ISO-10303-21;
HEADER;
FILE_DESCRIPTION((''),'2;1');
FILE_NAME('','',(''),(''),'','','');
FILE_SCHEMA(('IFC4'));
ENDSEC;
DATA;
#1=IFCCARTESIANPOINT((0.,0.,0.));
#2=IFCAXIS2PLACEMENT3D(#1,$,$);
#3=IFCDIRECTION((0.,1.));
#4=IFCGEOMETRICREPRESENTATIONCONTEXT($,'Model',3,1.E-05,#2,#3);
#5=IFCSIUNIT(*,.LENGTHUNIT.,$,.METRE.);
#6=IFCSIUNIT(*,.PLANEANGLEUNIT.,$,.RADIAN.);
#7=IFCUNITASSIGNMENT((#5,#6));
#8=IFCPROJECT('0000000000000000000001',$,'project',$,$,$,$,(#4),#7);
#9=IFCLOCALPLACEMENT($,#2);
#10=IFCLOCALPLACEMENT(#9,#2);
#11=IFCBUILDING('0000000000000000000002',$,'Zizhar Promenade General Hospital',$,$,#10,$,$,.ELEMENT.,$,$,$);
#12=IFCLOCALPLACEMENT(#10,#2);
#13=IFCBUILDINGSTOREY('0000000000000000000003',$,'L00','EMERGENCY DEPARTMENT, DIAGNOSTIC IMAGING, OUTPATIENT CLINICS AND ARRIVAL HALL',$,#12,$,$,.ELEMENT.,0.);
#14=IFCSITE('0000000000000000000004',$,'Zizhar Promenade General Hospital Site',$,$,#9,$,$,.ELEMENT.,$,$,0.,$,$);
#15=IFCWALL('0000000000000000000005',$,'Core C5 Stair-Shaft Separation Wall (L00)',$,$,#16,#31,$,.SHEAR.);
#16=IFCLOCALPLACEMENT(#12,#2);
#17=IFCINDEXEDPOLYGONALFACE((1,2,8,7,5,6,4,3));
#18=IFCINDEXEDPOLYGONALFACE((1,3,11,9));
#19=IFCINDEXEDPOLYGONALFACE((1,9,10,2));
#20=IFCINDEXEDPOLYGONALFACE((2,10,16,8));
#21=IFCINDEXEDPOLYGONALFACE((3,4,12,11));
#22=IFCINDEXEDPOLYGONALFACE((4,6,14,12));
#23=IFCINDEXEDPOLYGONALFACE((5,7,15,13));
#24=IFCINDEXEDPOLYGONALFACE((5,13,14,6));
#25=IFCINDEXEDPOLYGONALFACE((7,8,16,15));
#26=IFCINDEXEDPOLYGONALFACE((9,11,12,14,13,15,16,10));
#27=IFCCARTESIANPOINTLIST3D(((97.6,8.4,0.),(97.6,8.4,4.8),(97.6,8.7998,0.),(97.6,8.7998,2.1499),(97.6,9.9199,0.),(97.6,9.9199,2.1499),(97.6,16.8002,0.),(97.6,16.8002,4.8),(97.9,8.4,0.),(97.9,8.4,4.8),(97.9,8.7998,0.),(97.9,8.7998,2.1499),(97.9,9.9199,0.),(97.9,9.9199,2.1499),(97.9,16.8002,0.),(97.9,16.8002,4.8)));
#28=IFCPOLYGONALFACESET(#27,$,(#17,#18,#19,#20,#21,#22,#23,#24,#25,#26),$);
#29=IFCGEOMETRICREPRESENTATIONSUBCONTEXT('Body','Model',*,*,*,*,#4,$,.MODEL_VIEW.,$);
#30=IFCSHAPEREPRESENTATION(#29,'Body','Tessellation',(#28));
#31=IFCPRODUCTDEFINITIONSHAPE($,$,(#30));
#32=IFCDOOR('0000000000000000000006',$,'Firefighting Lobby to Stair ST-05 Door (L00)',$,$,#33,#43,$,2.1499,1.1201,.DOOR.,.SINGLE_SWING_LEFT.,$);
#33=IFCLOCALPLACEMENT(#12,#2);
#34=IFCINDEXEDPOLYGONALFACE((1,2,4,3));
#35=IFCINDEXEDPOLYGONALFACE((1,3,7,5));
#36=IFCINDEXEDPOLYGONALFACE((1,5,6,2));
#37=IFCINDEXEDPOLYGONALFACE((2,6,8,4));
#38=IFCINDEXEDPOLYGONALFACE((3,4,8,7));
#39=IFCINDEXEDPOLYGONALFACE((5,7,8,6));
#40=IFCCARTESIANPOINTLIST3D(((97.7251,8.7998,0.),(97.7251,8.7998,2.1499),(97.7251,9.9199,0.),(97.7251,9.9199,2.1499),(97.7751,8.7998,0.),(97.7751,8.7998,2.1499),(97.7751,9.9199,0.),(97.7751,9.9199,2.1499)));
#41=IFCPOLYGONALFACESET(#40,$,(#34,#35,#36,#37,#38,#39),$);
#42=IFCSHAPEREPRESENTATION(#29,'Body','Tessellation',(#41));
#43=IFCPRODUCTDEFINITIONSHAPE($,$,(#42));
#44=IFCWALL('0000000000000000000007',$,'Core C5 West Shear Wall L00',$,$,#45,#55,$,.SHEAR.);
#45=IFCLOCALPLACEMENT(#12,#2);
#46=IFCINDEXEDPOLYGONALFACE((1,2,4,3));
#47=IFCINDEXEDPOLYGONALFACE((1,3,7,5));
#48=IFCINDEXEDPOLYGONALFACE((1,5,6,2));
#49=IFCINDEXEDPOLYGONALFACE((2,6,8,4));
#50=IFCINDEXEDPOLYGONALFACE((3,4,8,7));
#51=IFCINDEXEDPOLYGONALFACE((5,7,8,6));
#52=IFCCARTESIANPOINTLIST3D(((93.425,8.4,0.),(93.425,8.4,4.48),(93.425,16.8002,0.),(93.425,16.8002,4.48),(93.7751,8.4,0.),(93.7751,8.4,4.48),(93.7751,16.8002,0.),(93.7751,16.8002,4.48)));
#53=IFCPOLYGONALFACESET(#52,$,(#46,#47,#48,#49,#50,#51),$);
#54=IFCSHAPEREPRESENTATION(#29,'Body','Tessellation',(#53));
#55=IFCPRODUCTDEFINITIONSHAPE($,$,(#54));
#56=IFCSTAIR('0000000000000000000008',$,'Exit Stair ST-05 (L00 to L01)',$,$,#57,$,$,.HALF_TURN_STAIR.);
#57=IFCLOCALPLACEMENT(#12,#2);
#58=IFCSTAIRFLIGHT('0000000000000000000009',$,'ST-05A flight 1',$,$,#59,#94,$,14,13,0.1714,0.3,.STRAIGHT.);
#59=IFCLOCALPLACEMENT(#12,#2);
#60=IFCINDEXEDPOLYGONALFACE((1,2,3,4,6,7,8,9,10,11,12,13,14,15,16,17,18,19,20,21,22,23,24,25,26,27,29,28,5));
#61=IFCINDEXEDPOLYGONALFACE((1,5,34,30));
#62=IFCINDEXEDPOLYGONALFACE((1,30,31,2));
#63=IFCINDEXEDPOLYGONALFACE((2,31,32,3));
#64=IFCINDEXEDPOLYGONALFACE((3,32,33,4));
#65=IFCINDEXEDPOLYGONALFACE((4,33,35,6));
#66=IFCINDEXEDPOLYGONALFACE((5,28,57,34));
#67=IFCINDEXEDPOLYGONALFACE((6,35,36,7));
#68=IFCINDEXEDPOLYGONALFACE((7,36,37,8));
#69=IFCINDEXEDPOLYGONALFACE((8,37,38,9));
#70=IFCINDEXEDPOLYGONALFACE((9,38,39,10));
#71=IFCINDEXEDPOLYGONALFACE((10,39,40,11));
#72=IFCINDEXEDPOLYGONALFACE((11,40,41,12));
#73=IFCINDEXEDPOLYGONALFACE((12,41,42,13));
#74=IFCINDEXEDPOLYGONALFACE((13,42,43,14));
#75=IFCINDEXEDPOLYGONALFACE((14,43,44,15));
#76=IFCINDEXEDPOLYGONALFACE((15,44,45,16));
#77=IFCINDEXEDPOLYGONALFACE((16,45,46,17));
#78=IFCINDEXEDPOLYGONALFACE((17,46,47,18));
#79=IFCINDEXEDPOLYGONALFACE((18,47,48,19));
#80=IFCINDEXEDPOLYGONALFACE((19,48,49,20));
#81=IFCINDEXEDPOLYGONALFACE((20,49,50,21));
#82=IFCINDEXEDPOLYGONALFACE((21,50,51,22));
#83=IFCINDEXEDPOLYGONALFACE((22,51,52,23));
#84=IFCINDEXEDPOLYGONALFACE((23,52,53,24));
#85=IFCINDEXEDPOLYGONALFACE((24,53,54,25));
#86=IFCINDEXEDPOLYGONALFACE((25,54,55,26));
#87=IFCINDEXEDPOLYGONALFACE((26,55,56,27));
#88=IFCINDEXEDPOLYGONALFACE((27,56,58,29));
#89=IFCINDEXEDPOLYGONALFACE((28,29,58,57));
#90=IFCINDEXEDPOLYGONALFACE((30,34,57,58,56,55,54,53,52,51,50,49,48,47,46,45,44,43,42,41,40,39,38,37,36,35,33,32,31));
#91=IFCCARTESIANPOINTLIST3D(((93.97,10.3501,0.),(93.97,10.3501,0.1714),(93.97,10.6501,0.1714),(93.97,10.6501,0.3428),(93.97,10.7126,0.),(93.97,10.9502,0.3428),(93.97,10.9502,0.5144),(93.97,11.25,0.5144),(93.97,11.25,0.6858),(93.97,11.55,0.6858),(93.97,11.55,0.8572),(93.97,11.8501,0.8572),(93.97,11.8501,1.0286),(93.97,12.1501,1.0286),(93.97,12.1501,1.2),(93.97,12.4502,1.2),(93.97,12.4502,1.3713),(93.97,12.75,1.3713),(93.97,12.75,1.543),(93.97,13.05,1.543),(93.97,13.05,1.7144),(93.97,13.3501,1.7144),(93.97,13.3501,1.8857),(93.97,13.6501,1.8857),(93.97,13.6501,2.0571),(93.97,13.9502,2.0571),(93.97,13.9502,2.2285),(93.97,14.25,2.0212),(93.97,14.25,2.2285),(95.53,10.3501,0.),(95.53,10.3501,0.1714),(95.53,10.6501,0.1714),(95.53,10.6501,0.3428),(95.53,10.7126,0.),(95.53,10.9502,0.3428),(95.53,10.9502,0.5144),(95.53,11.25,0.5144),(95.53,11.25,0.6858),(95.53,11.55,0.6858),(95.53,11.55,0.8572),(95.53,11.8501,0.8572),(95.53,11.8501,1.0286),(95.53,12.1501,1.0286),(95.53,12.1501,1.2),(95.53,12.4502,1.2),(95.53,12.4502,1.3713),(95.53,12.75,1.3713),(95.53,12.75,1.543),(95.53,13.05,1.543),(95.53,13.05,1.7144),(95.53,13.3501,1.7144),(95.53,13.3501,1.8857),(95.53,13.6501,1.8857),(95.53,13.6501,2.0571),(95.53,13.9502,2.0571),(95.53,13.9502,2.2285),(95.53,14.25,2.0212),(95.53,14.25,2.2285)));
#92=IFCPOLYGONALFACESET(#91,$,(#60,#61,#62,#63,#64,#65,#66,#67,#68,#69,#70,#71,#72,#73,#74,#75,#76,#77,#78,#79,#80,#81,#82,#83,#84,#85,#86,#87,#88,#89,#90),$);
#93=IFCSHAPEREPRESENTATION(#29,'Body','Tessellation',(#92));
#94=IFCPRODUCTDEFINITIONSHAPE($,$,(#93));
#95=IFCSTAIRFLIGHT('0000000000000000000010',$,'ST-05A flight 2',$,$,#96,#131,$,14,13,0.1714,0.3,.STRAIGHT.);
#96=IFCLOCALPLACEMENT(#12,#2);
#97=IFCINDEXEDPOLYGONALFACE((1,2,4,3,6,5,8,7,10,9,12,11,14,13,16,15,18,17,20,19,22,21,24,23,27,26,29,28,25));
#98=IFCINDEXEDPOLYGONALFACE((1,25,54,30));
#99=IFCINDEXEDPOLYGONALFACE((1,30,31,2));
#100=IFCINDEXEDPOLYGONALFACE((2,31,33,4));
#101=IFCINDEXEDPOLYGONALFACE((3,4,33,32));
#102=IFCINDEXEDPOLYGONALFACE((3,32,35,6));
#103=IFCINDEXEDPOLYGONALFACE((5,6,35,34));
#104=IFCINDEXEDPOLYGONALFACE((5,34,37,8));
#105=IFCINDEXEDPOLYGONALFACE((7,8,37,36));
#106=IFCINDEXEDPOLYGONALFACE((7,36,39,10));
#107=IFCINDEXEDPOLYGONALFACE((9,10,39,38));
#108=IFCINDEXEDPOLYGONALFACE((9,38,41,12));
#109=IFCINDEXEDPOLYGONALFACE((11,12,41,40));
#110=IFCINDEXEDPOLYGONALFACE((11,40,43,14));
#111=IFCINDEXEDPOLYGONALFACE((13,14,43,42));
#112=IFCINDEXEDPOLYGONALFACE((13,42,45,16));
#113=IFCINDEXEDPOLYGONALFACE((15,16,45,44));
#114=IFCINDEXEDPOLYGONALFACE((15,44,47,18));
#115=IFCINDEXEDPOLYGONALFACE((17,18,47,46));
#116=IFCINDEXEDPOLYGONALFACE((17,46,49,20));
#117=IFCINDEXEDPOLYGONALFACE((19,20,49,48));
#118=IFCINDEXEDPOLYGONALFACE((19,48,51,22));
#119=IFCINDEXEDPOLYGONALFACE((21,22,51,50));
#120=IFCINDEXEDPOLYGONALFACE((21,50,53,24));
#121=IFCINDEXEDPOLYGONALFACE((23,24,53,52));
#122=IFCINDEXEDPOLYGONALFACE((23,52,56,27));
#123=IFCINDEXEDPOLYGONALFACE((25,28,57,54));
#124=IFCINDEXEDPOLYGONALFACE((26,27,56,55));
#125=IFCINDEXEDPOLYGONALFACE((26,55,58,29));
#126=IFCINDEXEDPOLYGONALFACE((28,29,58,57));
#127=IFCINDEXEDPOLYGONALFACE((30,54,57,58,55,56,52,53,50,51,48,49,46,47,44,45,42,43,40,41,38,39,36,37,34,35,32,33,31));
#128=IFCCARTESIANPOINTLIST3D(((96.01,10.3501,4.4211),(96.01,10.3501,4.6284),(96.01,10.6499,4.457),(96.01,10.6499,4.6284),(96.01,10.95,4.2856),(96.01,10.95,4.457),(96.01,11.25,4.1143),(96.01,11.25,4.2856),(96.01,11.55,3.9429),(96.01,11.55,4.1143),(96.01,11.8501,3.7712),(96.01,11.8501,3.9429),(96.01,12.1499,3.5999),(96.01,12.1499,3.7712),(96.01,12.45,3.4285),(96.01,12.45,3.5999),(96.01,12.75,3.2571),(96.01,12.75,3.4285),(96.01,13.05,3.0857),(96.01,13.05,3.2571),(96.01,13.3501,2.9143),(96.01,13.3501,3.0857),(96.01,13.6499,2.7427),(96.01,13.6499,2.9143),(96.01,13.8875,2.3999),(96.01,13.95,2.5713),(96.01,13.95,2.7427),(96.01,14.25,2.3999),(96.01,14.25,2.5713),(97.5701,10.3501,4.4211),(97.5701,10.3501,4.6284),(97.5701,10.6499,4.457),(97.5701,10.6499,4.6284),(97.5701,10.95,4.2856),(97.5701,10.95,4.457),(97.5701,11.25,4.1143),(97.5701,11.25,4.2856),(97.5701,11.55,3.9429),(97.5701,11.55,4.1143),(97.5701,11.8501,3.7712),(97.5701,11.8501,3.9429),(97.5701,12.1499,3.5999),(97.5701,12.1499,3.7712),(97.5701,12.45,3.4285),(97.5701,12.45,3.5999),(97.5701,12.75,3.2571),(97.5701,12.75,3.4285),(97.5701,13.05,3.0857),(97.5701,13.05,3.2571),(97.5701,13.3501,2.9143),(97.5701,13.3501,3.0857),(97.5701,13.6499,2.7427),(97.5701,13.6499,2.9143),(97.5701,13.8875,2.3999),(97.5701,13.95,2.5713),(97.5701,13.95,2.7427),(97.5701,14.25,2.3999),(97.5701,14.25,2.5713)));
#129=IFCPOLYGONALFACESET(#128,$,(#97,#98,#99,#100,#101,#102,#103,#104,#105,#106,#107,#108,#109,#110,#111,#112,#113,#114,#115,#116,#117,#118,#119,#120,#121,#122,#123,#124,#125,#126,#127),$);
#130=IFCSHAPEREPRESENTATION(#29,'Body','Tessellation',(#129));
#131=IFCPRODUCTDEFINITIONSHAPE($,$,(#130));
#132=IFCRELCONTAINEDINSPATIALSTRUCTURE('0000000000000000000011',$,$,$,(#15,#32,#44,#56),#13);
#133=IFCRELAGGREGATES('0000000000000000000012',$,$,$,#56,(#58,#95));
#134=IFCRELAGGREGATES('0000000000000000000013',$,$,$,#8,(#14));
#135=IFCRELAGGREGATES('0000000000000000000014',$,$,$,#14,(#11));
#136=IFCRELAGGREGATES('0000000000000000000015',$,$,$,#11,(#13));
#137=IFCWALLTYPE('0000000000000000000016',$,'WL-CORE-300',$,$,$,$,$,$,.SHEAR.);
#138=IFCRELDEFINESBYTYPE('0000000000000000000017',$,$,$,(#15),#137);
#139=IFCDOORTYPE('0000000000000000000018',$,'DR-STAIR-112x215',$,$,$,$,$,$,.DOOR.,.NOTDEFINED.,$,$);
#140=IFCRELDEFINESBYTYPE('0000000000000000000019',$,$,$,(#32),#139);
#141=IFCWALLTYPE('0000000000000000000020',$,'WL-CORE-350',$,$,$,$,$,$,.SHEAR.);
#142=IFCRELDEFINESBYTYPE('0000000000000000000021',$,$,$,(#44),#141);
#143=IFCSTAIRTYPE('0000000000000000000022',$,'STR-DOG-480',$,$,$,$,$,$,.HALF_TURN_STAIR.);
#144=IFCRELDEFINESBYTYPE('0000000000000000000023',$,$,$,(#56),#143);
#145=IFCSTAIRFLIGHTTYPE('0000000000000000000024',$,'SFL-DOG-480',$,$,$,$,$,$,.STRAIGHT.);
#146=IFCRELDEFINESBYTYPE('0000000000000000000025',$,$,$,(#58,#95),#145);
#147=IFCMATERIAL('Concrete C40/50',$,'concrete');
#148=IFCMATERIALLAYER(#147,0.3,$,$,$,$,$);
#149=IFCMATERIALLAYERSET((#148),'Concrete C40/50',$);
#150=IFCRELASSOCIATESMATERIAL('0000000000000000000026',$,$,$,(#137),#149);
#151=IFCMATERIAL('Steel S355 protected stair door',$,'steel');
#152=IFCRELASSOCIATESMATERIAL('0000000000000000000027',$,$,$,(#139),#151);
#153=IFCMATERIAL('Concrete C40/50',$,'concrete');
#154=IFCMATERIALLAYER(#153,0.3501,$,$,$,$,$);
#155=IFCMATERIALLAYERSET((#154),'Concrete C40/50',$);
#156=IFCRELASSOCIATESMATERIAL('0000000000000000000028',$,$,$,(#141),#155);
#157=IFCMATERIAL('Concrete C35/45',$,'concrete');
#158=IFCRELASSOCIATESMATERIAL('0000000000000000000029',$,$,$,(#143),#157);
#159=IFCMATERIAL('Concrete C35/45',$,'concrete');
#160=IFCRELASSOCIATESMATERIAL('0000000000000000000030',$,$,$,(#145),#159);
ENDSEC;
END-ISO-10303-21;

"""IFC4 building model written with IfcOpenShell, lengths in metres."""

from ifc_helpers import new_model, si_unit, direction, frame, frame_2d, origin, place, context, subcontext, project, spatial, polyline, rectangle, outline, extrude, material, layer, layer_set, type_object, element, fill, aggregate, save


model = new_model("IFC4")

# Units and contexts
model_context = context("Model", 3, precision=1e-05, world=origin(), true_north=direction((0.0, 1.0)))
body_context = subcontext(model_context, "Body", "Model", "MODEL_VIEW")
ifc_project = project(units=[si_unit("LENGTHUNIT", "METRE"), si_unit("PLANEANGLEUNIT", "RADIAN")], contexts=[model_context])

# Site, building, storey
site_placement = place(None, origin())
site = spatial("IfcSite", under=ifc_project, at=site_placement, Name="Zizhar Promenade General Hospital Site", CompositionType="ELEMENT", RefElevation=0.0)
building_placement = place(site_placement, origin())
building = spatial("IfcBuilding", under=site, at=building_placement, Name="Zizhar Promenade General Hospital", CompositionType="ELEMENT")
storey_placement = place(building_placement, origin())
storey = spatial("IfcBuildingStorey", under=building, at=storey_placement, Name="L00", Description="EMERGENCY DEPARTMENT, DIAGNOSTIC IMAGING, OUTPATIENT CLINICS AND ARRIVAL HALL", CompositionType="ELEMENT", Elevation=0.0)

# Wall, opening, door
ifc_material_1 = material(Name="Concrete C40/50", Category="concrete")
ifc_layer_1 = layer(ifc_material_1, 0.3)
ifc_layer_set_1 = layer_set([ifc_layer_1], Name="Concrete C40/50")
wall_type_1 = type_object("IfcWallType", Name="WL-CORE-300", PredefinedType="SHEAR", material=ifc_layer_set_1)
wall_1_placement = place(storey_placement, frame((97.75, 8.3999, 0.0), z_axis=(0.0, 0.0, 1.0), x_axis=(0.0, 1.0, 0.0)))
wall_1 = element("IfcWall", 1, at=wall_1_placement, inside=storey, type_object=wall_type_1, Name="Core C5 Stair-Shaft Separation Wall (L00)", PredefinedType="SHEAR", context=body_context, shape_type="SweptSolid", body=[
    extrude(rectangle(XDim=8.4001, YDim=0.3, at=frame_2d((4.2002, 0.0))), origin(), (0.0, 0.0, 1.0), 4.8),
])
opening_1_placement = place(wall_1_placement, frame((0.3999, 0.0, 0.0)))
opening_1 = element("IfcOpeningElement", 2, at=opening_1_placement, cuts=wall_1, PredefinedType="OPENING", context=body_context, shape_type="SweptSolid", body=[
    extrude(rectangle(XDim=1.1201, YDim=2.1499, at=frame_2d((0.5601, 1.075))), frame((0.0, 0.1602, 0.0), z_axis=(0.0, -1.0, 0.0), x_axis=(1.0, 0.0, 0.0)), (0.0, 0.0, 1.0), 0.3201),
])
ifc_material_2 = material(Name="Steel S355 protected stair door", Category="steel")
door_type_1 = type_object("IfcDoorType", Name="DR-STAIR-112x215", OperationType="NOTDEFINED", PredefinedType="DOOR", material=ifc_material_2)
door_1_placement = place(opening_1_placement, origin())
door_1 = element("IfcDoor", 3, at=door_1_placement, inside=storey, type_object=door_type_1, Name="Firefighting Lobby to Stair ST-05 Door (L00)", OperationType="SINGLE_SWING_LEFT", OverallHeight=2.1499, OverallWidth=1.1201, PredefinedType="DOOR", context=body_context, shape_type="SweptSolid", body=[
    extrude(rectangle(XDim=1.1201, YDim=2.1499, at=frame_2d((0.5601, 1.075))), frame((0.0, 0.0249, 0.0), z_axis=(0.0, -1.0, 0.0), x_axis=(1.0, 0.0, 0.0)), (0.0, 0.0, 1.0), 0.05),
])
fill(opening_1, door_1)

# Wall
ifc_material_3 = material(Name="Concrete C40/50", Category="concrete")
ifc_layer_2 = layer(ifc_material_3, 0.3501)
ifc_layer_set_2 = layer_set([ifc_layer_2], Name="Concrete C40/50")
wall_type_2 = type_object("IfcWallType", Name="WL-CORE-350", PredefinedType="SHEAR", material=ifc_layer_set_2)
wall_2_placement = place(storey_placement, frame((93.6001, 8.3999, 0.0), z_axis=(0.0, 0.0, 1.0), x_axis=(0.0, 1.0, 0.0)))
element("IfcWall", 4, at=wall_2_placement, inside=storey, type_object=wall_type_2, Name="Core C5 West Shear Wall L00", PredefinedType="SHEAR", context=body_context, shape_type="SweptSolid", body=[
    extrude(rectangle(XDim=8.4001, YDim=0.3501, at=frame_2d((4.2002, 0.0))), origin(), (0.0, 0.0, 1.0), 4.48),
])

# Stair, stair flights
ifc_material_4 = material(Name="Concrete C35/45", Category="concrete")
stair_type = type_object("IfcStairType", Name="STR-DOG-480", PredefinedType="HALF_TURN_STAIR", material=ifc_material_4)
stair_placement = place(storey_placement, origin())
stair = element("IfcStair", 5, at=stair_placement, inside=storey, type_object=stair_type, Name="Exit Stair ST-05 (L00 to L01)", PredefinedType="HALF_TURN_STAIR")
ifc_material_5 = material(Name="Concrete C35/45", Category="concrete")
stair_flight_type = type_object("IfcStairFlightType", Name="SFL-DOG-480", PredefinedType="STRAIGHT", material=ifc_material_5)
stair_flight_1_placement = place(storey_placement, frame((94.75, 10.3501, 0.0), z_axis=(0.0, 0.0, 1.0), x_axis=(0.0, 1.0, 0.0)))
stair_flight_1 = element("IfcStairFlight", 6, at=stair_flight_1_placement, type_object=stair_flight_type, Name="ST-05A flight 1", NumberOfRisers=14, NumberOfTreads=13, PredefinedType="STRAIGHT", RiserHeight=0.1714, TreadLength=0.3, context=body_context, shape_type="SweptSolid", body=[
    extrude(outline(polyline([(0.0, 0.0), (0.0, 0.1714), (0.3, 0.1714), (0.3, 0.3428), (0.6001, 0.3428), (0.6001, 0.5144), (0.8999, 0.5144), (0.8999, 0.6858), (1.2, 0.6858), (1.2, 0.8572), (1.5, 0.8572), (1.5, 1.0286), (1.8, 1.0286), (1.8, 1.2), (2.1001, 1.2), (2.1001, 1.3713), (2.3999, 1.3713), (2.3999, 1.543), (2.7, 1.543), (2.7, 1.7144), (3.0, 1.7144), (3.0, 1.8857), (3.3, 1.8857), (3.3, 2.0571), (3.6001, 2.0571), (3.6001, 2.2285), (3.8999, 2.2285), (3.8999, 2.3999), (3.8999, 2.0212), (0.3625, 0.0), (0.0, 0.0)])), frame((0.0, 0.78, 0.0), z_axis=(0.0, -1.0, 0.0), x_axis=(1.0, 0.0, 0.0)), (0.0, 0.0, 1.0), 1.5601),
])
stair_flight_2_placement = place(storey_placement, frame((96.79, 14.25, 2.3999), z_axis=(0.0, 0.0, 1.0), x_axis=(0.0, -1.0, 0.0)))
stair_flight_2 = element("IfcStairFlight", 7, at=stair_flight_2_placement, type_object=stair_flight_type, Name="ST-05A flight 2", NumberOfRisers=14, NumberOfTreads=13, PredefinedType="STRAIGHT", RiserHeight=0.1714, TreadLength=0.3, context=body_context, shape_type="SweptSolid", body=[
    extrude(outline(polyline([(0.0, 0.0), (0.0, 0.1714), (0.3, 0.1714), (0.3, 0.3428), (0.6001, 0.3428), (0.6001, 0.5144), (0.8999, 0.5144), (0.8999, 0.6858), (1.2, 0.6858), (1.2, 0.8572), (1.5, 0.8572), (1.5, 1.0286), (1.8, 1.0286), (1.8, 1.2), (2.1001, 1.2), (2.1001, 1.3713), (2.3999, 1.3713), (2.3999, 1.543), (2.7, 1.543), (2.7, 1.7144), (3.0, 1.7144), (3.0, 1.8857), (3.3, 1.8857), (3.3, 2.0571), (3.6001, 2.0571), (3.6001, 2.2285), (3.8999, 2.2285), (3.8999, 2.3999), (3.8999, 2.0212), (0.3625, 0.0), (0.0, 0.0)])), frame((0.0, 0.78, 0.0), z_axis=(0.0, -1.0, 0.0), x_axis=(1.0, 0.0, 0.0)), (0.0, 0.0, 1.0), 1.5601),
])
aggregate(stair, [stair_flight_1, stair_flight_2])

save(model, "model.ifc")
